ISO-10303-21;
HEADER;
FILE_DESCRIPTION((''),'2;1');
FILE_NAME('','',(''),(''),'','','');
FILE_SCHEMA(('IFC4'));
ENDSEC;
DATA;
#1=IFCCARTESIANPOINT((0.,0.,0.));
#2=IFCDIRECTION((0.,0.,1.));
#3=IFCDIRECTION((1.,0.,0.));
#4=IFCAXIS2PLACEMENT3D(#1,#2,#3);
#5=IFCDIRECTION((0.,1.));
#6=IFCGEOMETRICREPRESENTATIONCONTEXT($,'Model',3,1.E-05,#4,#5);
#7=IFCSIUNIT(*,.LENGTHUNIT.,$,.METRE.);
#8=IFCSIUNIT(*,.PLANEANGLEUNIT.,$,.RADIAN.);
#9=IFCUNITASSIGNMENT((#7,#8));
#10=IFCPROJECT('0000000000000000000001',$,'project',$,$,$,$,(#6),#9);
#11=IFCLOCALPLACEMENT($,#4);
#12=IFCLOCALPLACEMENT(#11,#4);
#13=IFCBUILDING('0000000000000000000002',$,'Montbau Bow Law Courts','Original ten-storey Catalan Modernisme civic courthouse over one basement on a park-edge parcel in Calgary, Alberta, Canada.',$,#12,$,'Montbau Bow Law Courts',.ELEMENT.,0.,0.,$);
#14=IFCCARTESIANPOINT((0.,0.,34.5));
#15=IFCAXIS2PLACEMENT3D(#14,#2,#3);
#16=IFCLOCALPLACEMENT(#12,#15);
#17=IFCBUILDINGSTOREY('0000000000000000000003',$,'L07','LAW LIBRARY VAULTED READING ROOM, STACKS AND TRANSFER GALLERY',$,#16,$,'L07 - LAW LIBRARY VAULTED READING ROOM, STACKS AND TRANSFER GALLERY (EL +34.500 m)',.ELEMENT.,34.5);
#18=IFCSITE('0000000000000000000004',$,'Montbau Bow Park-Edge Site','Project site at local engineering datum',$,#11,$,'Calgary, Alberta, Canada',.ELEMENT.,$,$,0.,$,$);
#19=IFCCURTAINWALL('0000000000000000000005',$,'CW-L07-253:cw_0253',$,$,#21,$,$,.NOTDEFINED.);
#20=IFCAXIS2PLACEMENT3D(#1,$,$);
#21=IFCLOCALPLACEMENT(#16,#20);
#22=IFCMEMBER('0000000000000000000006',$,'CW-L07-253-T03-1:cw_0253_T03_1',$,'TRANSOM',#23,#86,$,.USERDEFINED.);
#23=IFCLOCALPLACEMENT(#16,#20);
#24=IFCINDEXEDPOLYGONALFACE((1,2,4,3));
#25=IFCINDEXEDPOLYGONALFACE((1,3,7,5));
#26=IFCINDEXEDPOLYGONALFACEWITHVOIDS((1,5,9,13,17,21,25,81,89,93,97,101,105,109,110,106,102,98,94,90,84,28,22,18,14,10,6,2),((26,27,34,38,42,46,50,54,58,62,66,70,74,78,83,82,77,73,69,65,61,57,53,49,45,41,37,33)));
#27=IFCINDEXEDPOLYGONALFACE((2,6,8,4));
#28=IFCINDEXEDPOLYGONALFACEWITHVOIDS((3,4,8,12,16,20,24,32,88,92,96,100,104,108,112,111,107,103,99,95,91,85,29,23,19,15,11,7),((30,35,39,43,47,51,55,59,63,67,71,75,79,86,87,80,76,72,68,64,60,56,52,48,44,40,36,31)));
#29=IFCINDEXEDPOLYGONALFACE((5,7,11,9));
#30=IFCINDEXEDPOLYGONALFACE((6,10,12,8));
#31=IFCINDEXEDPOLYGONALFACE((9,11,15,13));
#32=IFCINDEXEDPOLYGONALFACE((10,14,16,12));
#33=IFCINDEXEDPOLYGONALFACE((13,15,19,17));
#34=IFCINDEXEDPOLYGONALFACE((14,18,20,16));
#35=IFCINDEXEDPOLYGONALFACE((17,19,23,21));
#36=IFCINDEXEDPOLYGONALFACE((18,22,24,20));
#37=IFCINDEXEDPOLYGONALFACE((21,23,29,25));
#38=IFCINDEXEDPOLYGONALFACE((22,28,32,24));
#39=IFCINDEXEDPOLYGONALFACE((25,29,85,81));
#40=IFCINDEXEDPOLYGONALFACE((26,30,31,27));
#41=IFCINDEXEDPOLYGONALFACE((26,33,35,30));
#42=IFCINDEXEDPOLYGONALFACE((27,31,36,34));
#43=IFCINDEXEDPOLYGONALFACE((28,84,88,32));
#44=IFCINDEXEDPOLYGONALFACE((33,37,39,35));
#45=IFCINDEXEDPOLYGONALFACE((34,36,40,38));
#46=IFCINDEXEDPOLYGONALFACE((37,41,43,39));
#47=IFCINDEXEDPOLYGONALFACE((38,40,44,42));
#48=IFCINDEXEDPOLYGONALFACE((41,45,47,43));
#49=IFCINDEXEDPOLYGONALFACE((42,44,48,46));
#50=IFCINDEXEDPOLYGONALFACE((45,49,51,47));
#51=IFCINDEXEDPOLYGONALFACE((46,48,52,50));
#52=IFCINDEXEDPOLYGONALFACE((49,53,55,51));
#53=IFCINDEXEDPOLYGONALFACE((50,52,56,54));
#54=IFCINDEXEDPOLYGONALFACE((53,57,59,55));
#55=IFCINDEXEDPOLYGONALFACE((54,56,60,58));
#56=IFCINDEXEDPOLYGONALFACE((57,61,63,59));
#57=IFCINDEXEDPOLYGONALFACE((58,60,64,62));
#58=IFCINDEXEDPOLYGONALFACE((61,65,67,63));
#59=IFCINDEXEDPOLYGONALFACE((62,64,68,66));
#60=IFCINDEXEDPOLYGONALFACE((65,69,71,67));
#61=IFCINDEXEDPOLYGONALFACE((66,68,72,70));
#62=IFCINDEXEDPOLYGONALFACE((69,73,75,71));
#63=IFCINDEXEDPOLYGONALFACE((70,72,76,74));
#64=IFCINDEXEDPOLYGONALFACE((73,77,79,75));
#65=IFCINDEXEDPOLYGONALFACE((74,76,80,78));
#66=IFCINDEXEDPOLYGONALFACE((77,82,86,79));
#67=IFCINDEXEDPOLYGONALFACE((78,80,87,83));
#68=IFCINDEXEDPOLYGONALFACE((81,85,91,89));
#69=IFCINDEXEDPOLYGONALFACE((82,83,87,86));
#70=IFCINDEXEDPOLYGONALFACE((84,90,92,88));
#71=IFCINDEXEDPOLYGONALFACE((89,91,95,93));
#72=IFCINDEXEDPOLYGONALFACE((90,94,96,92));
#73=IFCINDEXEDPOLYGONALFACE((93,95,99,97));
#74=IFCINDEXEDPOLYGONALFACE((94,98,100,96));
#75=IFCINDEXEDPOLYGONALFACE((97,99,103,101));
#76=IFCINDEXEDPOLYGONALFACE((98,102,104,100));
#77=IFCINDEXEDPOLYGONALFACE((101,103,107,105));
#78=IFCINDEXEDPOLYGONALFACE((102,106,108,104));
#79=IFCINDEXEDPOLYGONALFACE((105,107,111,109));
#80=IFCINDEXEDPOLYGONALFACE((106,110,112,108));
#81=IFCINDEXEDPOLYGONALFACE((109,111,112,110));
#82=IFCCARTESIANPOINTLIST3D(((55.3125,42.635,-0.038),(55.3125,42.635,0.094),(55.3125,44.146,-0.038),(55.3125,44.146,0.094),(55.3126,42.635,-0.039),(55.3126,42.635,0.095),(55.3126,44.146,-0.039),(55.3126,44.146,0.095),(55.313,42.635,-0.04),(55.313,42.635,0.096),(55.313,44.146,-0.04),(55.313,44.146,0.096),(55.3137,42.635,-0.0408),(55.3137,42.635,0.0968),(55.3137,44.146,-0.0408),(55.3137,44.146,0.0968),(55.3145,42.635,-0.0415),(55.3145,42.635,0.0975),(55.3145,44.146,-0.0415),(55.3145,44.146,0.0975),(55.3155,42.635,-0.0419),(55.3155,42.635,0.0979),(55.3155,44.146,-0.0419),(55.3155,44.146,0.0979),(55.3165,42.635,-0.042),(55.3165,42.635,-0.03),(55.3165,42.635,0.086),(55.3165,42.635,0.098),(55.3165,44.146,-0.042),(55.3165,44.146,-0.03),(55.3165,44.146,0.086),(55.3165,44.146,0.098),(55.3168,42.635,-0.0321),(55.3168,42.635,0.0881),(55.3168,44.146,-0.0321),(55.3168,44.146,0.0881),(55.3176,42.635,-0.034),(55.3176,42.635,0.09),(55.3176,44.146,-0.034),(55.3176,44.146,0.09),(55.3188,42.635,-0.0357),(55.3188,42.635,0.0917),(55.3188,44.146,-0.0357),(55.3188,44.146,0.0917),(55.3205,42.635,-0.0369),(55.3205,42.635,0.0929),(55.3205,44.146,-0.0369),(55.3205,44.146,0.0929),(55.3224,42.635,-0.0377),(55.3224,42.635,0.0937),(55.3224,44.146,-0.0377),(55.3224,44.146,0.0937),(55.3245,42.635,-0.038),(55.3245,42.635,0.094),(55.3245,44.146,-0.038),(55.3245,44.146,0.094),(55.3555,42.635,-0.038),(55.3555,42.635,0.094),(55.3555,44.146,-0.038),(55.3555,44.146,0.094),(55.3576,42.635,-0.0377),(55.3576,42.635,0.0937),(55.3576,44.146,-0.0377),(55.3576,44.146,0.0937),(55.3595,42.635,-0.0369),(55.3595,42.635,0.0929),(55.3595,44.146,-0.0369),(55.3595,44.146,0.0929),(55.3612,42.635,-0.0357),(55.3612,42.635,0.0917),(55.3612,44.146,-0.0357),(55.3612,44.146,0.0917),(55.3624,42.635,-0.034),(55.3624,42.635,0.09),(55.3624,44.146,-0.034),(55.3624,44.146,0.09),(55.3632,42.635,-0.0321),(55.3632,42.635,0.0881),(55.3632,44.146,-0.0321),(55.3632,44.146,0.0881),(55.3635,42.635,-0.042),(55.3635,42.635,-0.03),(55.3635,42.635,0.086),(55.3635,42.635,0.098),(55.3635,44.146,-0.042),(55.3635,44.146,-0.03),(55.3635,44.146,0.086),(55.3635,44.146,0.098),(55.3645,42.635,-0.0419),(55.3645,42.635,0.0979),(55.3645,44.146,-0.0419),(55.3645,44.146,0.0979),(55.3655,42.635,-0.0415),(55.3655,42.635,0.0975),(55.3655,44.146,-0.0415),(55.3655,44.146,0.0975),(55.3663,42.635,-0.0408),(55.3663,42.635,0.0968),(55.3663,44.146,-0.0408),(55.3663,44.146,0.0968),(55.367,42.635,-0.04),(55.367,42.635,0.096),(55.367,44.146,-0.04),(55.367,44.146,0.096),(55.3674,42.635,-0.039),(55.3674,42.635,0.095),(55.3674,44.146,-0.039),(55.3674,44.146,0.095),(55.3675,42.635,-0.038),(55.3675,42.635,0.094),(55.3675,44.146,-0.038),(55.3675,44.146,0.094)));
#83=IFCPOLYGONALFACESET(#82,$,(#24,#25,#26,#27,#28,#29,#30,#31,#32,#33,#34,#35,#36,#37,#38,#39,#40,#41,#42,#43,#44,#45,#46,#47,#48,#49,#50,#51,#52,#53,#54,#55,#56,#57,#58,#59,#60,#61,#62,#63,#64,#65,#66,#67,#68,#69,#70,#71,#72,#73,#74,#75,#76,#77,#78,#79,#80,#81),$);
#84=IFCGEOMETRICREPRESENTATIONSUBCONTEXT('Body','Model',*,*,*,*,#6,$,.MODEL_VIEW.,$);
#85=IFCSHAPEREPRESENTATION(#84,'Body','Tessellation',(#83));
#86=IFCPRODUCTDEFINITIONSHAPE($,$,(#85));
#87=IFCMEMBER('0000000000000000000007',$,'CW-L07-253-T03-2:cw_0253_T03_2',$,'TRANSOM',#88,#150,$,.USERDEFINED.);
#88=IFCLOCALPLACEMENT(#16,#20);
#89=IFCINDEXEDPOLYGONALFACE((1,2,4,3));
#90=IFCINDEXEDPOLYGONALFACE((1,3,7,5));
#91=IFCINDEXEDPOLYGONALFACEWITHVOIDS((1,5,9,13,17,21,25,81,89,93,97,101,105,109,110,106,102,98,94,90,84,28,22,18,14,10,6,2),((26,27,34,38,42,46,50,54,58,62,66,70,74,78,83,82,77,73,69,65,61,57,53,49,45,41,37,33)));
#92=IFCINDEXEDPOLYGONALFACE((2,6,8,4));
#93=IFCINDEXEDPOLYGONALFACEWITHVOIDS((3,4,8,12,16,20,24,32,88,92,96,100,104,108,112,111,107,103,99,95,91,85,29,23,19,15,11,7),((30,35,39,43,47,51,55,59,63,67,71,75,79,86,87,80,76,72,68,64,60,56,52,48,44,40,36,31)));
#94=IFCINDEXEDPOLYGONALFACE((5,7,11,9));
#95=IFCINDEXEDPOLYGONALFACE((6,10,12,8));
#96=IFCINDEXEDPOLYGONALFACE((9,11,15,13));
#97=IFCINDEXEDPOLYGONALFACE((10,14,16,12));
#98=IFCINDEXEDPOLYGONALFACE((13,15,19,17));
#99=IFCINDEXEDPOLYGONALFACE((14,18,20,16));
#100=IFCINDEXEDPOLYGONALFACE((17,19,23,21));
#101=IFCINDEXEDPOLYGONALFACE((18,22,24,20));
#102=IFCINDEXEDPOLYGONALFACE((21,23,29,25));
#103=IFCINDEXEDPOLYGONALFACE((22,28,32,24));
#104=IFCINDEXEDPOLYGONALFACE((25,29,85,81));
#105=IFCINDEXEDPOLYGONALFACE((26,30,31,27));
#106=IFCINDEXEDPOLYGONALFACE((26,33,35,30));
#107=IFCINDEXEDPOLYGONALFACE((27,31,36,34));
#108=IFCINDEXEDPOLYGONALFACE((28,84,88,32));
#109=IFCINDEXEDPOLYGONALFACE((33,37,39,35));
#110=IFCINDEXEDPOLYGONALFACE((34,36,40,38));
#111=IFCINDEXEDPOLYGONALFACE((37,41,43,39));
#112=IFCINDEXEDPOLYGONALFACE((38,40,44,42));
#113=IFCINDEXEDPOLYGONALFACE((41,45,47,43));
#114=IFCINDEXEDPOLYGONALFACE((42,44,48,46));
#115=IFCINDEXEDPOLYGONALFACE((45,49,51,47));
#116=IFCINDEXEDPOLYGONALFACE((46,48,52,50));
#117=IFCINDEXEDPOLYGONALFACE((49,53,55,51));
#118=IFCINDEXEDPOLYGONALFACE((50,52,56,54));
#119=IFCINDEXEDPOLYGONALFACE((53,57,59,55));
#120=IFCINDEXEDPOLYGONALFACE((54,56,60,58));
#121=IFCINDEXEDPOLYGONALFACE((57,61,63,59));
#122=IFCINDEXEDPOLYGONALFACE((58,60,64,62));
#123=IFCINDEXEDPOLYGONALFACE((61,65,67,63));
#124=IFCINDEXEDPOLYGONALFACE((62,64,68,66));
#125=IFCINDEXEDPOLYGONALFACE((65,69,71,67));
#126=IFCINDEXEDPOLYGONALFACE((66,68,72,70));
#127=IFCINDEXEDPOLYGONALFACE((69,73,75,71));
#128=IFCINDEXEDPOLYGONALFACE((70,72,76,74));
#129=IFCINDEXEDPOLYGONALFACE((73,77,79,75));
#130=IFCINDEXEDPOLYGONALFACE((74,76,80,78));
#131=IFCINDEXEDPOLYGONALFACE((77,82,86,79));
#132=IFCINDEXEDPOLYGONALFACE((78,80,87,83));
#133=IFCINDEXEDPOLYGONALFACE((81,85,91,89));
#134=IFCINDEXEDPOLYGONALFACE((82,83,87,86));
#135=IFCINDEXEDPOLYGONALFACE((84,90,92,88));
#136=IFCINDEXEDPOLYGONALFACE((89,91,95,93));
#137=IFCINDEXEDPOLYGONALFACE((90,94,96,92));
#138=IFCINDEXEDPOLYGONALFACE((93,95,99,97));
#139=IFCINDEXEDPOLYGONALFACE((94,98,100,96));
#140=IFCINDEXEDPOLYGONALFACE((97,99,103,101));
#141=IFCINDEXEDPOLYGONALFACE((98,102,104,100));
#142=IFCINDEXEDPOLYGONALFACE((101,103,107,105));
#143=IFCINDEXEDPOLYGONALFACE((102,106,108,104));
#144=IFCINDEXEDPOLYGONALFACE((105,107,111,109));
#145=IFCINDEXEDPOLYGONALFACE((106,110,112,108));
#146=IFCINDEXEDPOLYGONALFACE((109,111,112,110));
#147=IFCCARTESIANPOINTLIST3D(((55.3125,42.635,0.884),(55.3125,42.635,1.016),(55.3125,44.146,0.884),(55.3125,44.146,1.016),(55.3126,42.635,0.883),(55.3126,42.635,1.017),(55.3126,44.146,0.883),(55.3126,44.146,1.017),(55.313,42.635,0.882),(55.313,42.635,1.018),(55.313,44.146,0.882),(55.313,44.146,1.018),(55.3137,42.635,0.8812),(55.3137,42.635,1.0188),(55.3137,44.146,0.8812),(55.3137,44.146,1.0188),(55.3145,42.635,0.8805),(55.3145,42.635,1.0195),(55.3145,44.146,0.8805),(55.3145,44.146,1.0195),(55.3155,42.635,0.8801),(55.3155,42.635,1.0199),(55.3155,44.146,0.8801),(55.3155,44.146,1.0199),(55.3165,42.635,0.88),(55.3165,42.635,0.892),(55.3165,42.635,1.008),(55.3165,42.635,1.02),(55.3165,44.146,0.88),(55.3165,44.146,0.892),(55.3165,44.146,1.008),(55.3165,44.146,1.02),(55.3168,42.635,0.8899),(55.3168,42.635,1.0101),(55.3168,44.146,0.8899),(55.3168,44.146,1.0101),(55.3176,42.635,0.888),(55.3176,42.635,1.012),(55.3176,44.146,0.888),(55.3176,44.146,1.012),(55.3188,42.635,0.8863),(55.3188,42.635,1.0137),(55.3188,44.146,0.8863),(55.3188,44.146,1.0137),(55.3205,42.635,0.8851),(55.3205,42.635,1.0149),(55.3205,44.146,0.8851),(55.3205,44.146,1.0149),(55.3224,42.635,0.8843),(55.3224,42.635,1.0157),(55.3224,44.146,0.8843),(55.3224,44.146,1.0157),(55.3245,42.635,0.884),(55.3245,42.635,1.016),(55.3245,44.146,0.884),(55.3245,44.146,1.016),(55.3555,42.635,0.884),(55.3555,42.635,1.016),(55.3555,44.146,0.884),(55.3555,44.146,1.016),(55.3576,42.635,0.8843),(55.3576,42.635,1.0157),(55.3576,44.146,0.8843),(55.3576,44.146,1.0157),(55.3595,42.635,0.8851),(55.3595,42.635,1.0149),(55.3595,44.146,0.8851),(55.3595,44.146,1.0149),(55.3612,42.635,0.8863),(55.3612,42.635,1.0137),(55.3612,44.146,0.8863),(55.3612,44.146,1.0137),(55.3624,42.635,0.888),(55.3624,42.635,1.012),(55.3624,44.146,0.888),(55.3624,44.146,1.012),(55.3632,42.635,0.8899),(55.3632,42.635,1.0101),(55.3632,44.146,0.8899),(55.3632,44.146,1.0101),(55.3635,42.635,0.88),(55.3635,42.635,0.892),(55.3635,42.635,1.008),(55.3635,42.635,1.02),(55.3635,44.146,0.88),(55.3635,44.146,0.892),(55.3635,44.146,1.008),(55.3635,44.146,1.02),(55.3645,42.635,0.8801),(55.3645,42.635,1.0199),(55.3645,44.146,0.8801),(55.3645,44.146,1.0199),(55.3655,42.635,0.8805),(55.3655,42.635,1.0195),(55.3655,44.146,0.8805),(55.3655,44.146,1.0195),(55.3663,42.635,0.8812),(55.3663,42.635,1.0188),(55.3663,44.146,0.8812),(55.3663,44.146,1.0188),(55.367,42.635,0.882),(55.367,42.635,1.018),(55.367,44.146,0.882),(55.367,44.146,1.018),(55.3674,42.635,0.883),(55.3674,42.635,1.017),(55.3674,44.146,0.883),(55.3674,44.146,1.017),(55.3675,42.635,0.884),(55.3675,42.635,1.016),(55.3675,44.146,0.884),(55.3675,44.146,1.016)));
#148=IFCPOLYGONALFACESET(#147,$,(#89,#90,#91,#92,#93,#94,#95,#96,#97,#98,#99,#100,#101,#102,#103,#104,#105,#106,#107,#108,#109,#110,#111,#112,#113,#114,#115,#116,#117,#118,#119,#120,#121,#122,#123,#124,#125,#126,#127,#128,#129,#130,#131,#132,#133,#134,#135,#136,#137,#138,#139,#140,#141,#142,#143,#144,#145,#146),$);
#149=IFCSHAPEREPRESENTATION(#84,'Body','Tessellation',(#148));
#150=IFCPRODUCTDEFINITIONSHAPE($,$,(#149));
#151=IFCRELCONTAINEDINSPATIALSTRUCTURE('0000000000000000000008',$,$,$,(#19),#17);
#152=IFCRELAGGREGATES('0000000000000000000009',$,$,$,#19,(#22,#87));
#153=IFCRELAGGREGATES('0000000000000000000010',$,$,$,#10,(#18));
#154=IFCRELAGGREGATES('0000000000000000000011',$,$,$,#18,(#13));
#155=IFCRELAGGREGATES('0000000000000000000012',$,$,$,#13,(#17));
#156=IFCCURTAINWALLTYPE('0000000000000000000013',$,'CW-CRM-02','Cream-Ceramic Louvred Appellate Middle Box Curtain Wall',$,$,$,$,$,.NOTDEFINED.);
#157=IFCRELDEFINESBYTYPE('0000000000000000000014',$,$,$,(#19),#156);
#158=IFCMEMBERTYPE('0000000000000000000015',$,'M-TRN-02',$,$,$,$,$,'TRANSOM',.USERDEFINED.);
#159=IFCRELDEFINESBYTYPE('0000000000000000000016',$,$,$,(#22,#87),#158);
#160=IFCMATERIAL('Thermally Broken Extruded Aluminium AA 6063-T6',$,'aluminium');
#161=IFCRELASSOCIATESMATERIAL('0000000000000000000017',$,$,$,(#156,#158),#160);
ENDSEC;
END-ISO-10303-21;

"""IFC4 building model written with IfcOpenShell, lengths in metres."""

from ifc_helpers import new_model, si_unit, direction, frame, origin_with_axes, origin_2d_with_axis, place, context, subcontext, project, spatial, hollow_rectangle, extrude, material, material_profile, profile_set, type_object, element, aggregate, save


model = new_model("IFC4")

# Units and contexts
model_context = context("Model", 3, precision=1e-05, world=origin_with_axes(), true_north=direction((0.0, 1.0)))
body_context = subcontext(model_context, "Body", "Model", "MODEL_VIEW")
ifc_project = project(units=[si_unit("LENGTHUNIT", "METRE"), si_unit("PLANEANGLEUNIT", "RADIAN")], contexts=[model_context])

# Site, building, storey
site_placement = place(None, origin_with_axes())
site = spatial("IfcSite", under=ifc_project, at=site_placement, Name="Montbau Bow Park-Edge Site", Description="Project site at local engineering datum", LongName="Calgary, Alberta, Canada", CompositionType="ELEMENT", RefElevation=0.0)
building_placement = place(site_placement, origin_with_axes())
building = spatial("IfcBuilding", under=site, at=building_placement, Name="Montbau Bow Law Courts", Description="Original ten-storey Catalan Modernisme civic courthouse over one basement on a park-edge parcel in Calgary, Alberta, Canada.", LongName="Montbau Bow Law Courts", CompositionType="ELEMENT", ElevationOfRefHeight=0.0, ElevationOfTerrain=0.0)
storey_placement = place(building_placement, frame((0.0, 0.0, 34.5), z_axis=(0.0, 0.0, 1.0), x_axis=(1.0, 0.0, 0.0)))
storey = spatial("IfcBuildingStorey", under=building, at=storey_placement, Name="L07", Description="LAW LIBRARY VAULTED READING ROOM, STACKS AND TRANSFER GALLERY", LongName="L07 - LAW LIBRARY VAULTED READING ROOM, STACKS AND TRANSFER GALLERY (EL +34.500 m)", CompositionType="ELEMENT", Elevation=34.5)

# Curtain wall, members
ifc_material_1 = material(Name="Thermally Broken Extruded Aluminium AA 6063-T6", Category="aluminium")
curtain_wall_type = type_object("IfcCurtainWallType", Name="CW-CRM-02", Description="Cream-Ceramic Louvred Appellate Middle Box Curtain Wall", PredefinedType="NOTDEFINED", material=ifc_material_1)
curtain_wall_placement = place(None, frame((55.34, 39.44, 34.5), z_axis=(0.0, 0.0, 1.0), x_axis=(1.0, 0.0, 0.0)))
curtain_wall = element("IfcCurtainWall", 1, at=curtain_wall_placement, inside=storey, type_object=curtain_wall_type, Name="CW-L07-253:cw_0253", PredefinedType="NOTDEFINED")
ifc_material_profile_1 = material_profile(ifc_material_1, hollow_rectangle(XDim=0.055, YDim=0.14, WallThickness=0.004, InnerFilletRadius=0.008, OuterFilletRadius=0.004, at=origin_2d_with_axis()), Name="CWT-140X55", Category="Main", Priority=0)
ifc_profile_set_1 = profile_set([ifc_material_profile_1], Name="Thermally Broken Extruded Aluminium AA 6063-T6")
member_type_1 = type_object("IfcMemberType", Name="M-TRN-02", ElementType="TRANSOM", PredefinedType="USERDEFINED", material=ifc_profile_set_1)
member_1_placement = place(None, frame((55.34, 42.635, 34.528), z_axis=(0.0, 1.0, 0.0), x_axis=(-1.0, 0.0, 0.0)))
member_1 = element("IfcMember", 2, at=member_1_placement, type_object=member_type_1, Name="CW-L07-253-T03-1:cw_0253_T03_1", ObjectType="TRANSOM", PredefinedType="USERDEFINED", context=body_context, shape_type="SweptSolid", body=[
    extrude(hollow_rectangle(XDim=0.055, YDim=0.14, WallThickness=0.004, InnerFilletRadius=0.008, OuterFilletRadius=0.004, at=origin_2d_with_axis()), origin_with_axes(), (0.0, 0.0, 1.0), 1.511),
])
member_2_placement = place(None, frame((55.34, 42.635, 35.45), z_axis=(0.0, 1.0, 0.0), x_axis=(-1.0, 0.0, 0.0)))
member_2 = element("IfcMember", 3, at=member_2_placement, type_object=member_type_1, Name="CW-L07-253-T03-2:cw_0253_T03_2", ObjectType="TRANSOM", PredefinedType="USERDEFINED", context=body_context, shape_type="SweptSolid", body=[
    extrude(hollow_rectangle(XDim=0.055, YDim=0.14, WallThickness=0.004, InnerFilletRadius=0.008, OuterFilletRadius=0.004, at=origin_2d_with_axis()), origin_with_axes(), (0.0, 0.0, 1.0), 1.511),
])
aggregate(curtain_wall, [member_1, member_2])

save(model, "model.ifc")
